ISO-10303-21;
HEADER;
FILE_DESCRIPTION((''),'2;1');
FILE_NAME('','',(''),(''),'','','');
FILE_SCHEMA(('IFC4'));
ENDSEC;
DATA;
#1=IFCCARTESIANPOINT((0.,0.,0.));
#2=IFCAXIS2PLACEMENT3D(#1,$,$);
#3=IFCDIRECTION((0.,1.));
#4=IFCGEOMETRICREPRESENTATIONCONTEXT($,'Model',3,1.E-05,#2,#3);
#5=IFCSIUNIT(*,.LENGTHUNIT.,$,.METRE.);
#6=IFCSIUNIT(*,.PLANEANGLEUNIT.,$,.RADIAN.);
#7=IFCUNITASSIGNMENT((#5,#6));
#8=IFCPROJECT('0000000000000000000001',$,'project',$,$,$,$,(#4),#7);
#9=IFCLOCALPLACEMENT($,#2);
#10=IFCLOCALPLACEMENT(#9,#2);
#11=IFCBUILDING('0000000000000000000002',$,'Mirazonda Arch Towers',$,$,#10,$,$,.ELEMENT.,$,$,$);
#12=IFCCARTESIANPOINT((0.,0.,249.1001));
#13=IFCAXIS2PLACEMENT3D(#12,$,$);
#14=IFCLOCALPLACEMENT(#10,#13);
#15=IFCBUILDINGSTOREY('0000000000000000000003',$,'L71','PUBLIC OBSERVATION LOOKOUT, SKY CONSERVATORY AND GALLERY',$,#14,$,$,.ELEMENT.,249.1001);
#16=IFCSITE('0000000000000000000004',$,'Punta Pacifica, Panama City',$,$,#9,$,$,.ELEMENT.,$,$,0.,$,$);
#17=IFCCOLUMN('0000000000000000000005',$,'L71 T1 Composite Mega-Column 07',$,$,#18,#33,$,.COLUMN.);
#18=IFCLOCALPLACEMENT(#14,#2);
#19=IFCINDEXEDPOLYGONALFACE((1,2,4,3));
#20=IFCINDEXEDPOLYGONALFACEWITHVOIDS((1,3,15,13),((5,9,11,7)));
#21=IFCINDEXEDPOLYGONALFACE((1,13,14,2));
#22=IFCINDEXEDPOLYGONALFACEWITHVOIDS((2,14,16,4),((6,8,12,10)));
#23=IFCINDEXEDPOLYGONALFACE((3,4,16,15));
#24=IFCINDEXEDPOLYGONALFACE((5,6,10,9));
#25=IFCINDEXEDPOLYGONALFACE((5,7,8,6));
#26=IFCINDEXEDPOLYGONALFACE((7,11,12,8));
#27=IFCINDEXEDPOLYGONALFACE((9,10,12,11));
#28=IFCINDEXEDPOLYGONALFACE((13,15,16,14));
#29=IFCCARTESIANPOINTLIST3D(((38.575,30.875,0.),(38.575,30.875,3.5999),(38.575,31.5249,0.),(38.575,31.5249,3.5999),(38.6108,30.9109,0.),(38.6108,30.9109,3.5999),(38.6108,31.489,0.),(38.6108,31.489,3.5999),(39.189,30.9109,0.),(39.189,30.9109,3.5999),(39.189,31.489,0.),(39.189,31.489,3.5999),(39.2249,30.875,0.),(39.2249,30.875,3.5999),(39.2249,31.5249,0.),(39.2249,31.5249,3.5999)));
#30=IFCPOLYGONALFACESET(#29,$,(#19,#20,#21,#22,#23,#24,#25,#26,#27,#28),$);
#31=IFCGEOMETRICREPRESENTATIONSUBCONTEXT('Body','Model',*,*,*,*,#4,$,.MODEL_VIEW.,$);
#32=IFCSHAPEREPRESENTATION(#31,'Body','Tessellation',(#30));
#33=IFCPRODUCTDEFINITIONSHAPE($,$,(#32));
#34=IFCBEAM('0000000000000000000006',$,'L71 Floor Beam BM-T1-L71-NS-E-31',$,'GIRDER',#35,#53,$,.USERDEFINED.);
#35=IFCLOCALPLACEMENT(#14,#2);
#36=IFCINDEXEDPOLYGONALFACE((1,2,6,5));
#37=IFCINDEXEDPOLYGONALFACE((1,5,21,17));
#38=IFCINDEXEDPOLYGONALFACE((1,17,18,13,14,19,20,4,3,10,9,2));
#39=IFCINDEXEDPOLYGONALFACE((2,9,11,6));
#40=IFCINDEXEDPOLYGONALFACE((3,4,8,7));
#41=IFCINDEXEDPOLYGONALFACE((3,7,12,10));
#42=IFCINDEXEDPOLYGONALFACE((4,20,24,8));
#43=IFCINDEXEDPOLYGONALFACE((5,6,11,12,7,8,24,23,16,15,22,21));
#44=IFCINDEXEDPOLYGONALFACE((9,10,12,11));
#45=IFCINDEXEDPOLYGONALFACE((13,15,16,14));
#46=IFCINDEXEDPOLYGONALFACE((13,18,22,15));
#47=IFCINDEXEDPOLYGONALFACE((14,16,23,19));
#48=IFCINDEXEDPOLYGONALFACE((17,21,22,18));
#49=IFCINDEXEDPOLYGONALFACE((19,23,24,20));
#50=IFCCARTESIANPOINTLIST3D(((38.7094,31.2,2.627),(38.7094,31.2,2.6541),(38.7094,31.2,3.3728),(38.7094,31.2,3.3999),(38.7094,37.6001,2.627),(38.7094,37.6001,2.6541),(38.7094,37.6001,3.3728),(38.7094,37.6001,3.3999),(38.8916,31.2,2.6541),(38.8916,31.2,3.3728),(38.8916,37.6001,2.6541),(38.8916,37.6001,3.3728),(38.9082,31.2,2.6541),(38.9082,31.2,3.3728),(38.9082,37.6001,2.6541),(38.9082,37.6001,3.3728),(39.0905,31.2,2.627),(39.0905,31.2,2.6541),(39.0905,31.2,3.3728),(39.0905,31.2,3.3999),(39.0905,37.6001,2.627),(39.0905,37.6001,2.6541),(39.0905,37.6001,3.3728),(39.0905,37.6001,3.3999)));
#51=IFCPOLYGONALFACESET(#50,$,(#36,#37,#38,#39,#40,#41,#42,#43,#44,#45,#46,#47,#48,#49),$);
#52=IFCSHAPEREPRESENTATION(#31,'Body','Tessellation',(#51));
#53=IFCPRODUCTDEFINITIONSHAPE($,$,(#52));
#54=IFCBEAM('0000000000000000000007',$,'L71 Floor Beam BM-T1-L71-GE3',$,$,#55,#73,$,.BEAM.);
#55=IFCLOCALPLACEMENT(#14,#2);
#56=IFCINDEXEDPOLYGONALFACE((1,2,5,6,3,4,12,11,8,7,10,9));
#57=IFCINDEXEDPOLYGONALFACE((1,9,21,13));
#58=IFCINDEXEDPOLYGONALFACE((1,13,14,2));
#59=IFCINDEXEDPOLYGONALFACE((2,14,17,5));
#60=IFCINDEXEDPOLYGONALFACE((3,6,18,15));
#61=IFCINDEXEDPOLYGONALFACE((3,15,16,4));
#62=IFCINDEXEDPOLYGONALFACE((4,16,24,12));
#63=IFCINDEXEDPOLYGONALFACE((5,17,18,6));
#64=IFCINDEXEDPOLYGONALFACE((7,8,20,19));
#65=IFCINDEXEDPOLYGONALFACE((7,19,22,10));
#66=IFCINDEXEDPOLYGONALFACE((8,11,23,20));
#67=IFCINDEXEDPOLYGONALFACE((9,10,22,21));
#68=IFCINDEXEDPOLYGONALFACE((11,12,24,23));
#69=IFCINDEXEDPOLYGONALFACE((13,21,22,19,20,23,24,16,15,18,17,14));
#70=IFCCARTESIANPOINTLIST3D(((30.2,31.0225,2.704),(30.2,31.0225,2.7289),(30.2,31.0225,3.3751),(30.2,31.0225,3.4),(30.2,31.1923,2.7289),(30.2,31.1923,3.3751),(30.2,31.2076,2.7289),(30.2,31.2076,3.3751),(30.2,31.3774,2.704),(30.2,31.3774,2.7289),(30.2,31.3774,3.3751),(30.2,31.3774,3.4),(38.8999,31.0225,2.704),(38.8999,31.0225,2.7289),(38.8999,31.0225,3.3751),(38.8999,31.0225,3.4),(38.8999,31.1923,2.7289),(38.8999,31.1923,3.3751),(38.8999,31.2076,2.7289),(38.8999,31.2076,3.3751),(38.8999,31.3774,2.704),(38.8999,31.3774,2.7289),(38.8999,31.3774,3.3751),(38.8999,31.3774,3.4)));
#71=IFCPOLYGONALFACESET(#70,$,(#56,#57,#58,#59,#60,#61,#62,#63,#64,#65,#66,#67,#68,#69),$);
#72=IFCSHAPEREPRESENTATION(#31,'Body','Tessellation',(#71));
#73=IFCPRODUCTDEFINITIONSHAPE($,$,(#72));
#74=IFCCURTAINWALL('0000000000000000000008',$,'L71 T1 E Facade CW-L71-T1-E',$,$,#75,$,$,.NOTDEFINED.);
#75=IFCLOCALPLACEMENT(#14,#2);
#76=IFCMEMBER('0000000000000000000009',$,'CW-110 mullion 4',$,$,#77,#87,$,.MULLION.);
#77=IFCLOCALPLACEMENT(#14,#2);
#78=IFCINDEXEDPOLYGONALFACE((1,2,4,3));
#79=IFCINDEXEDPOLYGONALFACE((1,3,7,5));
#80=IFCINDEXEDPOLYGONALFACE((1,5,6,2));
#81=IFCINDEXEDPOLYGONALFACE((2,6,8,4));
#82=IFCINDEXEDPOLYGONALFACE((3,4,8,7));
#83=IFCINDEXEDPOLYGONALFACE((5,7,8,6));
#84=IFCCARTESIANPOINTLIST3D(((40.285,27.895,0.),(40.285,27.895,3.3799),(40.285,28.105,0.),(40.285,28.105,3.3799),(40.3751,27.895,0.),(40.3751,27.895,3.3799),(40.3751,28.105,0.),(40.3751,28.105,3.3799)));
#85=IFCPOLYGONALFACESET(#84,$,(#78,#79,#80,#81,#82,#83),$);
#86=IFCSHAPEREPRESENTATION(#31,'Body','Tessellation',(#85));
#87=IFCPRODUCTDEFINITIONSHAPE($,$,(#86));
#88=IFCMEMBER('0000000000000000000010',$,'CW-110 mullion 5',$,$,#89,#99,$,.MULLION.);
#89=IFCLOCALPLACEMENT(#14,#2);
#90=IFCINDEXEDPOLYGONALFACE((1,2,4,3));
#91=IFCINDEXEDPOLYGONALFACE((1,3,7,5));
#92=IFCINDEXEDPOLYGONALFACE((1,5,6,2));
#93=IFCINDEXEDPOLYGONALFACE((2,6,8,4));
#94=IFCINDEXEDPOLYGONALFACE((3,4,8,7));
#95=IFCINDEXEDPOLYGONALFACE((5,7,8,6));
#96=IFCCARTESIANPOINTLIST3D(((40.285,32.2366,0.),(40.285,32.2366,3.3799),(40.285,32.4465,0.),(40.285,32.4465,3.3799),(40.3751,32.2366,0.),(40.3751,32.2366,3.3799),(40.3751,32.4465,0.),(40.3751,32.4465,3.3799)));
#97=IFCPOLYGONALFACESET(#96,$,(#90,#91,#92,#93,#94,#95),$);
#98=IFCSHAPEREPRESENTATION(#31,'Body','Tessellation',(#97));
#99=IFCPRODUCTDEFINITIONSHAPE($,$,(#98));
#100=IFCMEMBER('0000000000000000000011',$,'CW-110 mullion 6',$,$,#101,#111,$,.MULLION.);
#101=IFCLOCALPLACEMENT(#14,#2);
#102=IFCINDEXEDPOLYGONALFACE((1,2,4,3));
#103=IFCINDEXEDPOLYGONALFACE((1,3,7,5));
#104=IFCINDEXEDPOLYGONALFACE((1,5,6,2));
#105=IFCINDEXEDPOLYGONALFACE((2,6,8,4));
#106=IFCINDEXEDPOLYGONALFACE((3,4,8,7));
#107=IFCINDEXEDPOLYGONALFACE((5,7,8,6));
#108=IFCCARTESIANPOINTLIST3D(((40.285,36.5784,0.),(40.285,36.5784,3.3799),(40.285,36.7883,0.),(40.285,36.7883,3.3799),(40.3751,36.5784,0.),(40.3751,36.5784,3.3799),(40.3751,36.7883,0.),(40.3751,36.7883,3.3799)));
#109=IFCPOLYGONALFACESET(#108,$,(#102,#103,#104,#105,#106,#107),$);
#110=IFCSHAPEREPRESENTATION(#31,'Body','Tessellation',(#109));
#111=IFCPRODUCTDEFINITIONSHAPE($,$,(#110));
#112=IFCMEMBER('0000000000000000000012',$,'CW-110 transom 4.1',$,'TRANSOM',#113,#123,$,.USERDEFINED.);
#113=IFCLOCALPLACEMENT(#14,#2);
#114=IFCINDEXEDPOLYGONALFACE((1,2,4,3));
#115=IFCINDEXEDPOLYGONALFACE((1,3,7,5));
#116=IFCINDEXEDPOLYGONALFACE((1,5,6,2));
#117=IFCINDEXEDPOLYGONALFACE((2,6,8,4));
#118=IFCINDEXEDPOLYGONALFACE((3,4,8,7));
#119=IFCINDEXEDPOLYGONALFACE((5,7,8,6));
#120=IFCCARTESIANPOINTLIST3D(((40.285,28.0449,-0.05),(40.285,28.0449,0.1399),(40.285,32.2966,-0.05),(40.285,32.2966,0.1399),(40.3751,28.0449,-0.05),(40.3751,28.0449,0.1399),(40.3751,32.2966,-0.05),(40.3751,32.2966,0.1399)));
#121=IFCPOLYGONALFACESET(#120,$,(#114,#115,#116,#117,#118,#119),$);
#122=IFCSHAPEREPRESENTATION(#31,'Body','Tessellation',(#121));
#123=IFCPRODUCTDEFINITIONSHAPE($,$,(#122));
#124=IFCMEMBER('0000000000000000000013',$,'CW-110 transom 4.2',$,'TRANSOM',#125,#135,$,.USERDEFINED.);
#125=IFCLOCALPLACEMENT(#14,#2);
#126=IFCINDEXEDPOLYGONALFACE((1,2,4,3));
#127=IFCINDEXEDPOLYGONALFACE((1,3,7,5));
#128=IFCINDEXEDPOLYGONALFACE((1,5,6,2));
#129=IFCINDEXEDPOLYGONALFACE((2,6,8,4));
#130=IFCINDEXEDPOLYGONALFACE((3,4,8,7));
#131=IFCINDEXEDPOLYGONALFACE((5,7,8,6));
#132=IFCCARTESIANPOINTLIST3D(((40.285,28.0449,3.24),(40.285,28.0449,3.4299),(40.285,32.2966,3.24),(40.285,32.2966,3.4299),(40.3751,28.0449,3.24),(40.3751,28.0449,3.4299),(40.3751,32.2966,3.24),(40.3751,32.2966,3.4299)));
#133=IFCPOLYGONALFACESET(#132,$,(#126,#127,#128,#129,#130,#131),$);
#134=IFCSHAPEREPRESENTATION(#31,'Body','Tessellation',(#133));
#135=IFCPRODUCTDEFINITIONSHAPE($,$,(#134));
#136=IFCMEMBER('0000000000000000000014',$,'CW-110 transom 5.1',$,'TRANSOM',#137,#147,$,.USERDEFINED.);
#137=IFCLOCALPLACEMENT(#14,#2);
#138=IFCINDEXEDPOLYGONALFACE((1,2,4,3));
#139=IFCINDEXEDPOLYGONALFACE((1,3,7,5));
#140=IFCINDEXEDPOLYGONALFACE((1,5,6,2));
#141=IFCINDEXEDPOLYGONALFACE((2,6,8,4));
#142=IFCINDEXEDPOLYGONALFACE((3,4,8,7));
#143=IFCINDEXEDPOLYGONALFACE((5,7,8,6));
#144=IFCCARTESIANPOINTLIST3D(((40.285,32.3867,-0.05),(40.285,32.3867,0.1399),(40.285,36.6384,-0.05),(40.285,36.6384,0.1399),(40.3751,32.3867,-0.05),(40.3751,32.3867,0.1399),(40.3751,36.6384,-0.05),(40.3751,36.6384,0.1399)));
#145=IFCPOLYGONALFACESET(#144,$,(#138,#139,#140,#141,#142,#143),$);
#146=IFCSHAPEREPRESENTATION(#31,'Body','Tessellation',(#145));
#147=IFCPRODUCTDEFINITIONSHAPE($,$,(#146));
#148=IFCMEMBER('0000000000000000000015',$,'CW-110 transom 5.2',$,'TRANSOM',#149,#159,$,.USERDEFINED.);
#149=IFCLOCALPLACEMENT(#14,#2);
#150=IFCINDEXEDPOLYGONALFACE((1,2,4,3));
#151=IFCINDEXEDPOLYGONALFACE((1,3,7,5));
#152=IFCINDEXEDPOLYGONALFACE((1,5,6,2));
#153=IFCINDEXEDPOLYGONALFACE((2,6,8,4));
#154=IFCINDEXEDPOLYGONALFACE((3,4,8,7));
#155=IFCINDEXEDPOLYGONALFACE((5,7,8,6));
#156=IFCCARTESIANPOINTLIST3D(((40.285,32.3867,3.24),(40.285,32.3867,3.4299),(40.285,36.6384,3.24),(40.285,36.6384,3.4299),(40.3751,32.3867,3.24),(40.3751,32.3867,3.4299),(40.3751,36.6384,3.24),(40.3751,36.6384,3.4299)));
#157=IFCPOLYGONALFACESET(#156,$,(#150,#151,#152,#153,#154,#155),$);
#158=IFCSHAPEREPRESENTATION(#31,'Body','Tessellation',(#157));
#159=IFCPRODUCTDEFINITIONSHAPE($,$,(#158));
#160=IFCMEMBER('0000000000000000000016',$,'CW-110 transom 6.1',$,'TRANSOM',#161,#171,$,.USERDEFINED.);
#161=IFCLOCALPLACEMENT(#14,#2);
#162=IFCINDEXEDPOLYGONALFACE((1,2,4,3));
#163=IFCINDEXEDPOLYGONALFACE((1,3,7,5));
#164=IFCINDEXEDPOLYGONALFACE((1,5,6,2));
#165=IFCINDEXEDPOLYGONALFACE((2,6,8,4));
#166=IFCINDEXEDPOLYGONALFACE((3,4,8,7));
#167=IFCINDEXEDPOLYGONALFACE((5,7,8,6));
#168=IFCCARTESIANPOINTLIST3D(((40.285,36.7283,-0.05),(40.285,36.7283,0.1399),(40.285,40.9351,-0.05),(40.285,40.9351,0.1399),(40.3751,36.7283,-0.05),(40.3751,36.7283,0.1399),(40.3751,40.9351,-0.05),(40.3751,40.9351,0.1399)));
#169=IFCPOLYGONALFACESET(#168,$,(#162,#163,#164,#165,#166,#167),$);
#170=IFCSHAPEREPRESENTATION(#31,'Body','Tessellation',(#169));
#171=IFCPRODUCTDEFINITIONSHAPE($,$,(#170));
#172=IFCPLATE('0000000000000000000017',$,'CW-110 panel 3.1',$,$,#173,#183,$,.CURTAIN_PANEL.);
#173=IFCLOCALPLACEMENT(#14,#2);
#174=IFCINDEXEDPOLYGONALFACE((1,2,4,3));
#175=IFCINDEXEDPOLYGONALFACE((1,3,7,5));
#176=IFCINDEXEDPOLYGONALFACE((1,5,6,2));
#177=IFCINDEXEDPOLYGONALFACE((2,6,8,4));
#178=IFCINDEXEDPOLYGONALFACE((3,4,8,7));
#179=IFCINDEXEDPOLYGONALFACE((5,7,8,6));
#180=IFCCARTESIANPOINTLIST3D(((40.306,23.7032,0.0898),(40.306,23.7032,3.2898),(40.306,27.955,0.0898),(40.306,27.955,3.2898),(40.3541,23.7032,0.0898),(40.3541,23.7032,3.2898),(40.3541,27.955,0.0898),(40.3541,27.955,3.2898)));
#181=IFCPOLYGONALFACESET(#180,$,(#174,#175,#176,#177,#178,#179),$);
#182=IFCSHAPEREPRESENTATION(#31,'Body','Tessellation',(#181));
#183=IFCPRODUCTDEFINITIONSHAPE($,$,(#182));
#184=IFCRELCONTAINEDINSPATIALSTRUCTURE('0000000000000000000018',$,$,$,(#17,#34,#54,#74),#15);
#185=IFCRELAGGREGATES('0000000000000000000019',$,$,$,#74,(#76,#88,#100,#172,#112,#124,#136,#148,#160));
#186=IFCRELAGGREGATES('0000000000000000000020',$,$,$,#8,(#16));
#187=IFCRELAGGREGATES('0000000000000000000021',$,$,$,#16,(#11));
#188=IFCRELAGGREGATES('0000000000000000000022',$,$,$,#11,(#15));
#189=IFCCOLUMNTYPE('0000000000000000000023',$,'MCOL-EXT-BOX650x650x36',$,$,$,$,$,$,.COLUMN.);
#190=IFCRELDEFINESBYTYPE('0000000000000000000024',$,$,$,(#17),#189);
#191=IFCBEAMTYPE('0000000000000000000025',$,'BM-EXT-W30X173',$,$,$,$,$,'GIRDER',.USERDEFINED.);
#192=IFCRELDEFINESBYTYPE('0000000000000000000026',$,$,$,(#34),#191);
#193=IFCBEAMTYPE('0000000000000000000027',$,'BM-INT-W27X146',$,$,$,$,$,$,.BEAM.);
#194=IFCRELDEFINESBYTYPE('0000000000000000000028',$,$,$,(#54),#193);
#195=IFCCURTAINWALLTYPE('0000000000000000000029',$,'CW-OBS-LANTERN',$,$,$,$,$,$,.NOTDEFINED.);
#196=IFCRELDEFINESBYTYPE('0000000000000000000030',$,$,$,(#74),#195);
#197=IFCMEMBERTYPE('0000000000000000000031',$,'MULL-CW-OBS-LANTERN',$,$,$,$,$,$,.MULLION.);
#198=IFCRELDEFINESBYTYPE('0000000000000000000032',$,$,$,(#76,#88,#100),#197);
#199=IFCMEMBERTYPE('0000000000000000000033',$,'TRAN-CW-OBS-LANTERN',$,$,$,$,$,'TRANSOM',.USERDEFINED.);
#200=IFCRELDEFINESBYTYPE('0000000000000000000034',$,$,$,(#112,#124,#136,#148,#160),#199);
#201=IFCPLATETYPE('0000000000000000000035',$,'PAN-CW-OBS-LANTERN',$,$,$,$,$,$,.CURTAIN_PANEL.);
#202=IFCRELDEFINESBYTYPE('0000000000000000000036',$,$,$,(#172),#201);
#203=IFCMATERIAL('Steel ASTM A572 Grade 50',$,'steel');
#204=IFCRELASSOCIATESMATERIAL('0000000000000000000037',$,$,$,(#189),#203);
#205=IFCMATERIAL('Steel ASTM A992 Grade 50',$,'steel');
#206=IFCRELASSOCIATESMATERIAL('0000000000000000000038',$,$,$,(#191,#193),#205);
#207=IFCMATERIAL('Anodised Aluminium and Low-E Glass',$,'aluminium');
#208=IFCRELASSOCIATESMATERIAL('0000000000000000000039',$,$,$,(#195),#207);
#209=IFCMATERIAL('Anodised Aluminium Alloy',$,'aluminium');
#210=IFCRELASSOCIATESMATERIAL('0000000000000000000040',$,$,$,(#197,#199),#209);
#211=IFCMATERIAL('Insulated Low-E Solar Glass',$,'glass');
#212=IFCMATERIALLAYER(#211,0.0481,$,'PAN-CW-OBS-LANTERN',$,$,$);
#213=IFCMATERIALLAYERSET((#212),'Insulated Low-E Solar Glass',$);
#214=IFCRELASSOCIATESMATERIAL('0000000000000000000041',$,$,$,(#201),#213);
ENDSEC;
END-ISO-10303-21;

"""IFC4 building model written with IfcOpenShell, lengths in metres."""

from ifc_helpers import new_model, si_unit, direction, frame, origin, origin_2d, place, context, subcontext, project, spatial, rectangle, hollow_rectangle, i_section, extrude, material, layer, layer_set, material_profile, profile_set, type_object, element, aggregate, save


model = new_model("IFC4")

# Units and contexts
model_context = context("Model", 3, precision=1e-05, world=origin(), true_north=direction((0.0, 1.0)))
body_context = subcontext(model_context, "Body", "Model", "MODEL_VIEW")
ifc_project = project(units=[si_unit("LENGTHUNIT", "METRE"), si_unit("PLANEANGLEUNIT", "RADIAN")], contexts=[model_context])

# Site, building, storey
site_placement = place(None, origin())
site = spatial("IfcSite", under=ifc_project, at=site_placement, Name="Punta Pacifica, Panama City", CompositionType="ELEMENT", RefElevation=0.0)
building_placement = place(site_placement, origin())
building = spatial("IfcBuilding", under=site, at=building_placement, Name="Mirazonda Arch Towers", CompositionType="ELEMENT")
storey_placement = place(building_placement, frame((0.0, 0.0, 249.1001)))
storey = spatial("IfcBuildingStorey", under=building, at=storey_placement, Name="L71", Description="PUBLIC OBSERVATION LOOKOUT, SKY CONSERVATORY AND GALLERY", CompositionType="ELEMENT", Elevation=249.1001)

# Column
ifc_material_1 = material(Name="Steel ASTM A572 Grade 50", Category="steel")
ifc_material_profile_1 = material_profile(ifc_material_1, hollow_rectangle(XDim=0.6499, YDim=0.6499, WallThickness=0.0359, at=origin_2d()), Name="BOX650x650x36")
ifc_profile_set_1 = profile_set([ifc_material_profile_1], Name="Steel ASTM A572 Grade 50")
column_type = type_object("IfcColumnType", Name="MCOL-EXT-BOX650x650x36", PredefinedType="COLUMN", material=ifc_profile_set_1)
column_placement = place(storey_placement, frame((38.8999, 31.2, 0.0), z_axis=(0.0, 0.0, 1.0), x_axis=(1.0, 0.0, 0.0)))
element("IfcColumn", 1, at=column_placement, inside=storey, type_object=column_type, Name="L71 T1 Composite Mega-Column 07", PredefinedType="COLUMN", context=body_context, shape_type="SweptSolid", body=[
    extrude(hollow_rectangle(XDim=0.6499, YDim=0.6499, WallThickness=0.0359, at=origin_2d()), origin(), (0.0, 0.0, 1.0), 3.5999),
])

# Beams
ifc_material_2 = material(Name="Steel ASTM A992 Grade 50", Category="steel")
ifc_material_profile_2 = material_profile(ifc_material_2, i_section(OverallWidth=0.3811, OverallDepth=0.7729, WebThickness=0.0166, FlangeThickness=0.0271, at=origin_2d()), Name="W30X173")
ifc_profile_set_2 = profile_set([ifc_material_profile_2], Name="Steel ASTM A992 Grade 50")
beam_type_1 = type_object("IfcBeamType", Name="BM-EXT-W30X173", ElementType="GIRDER", PredefinedType="USERDEFINED", material=ifc_profile_set_2)
beam_1_placement = place(storey_placement, frame((38.8999, 31.2, 3.0134), z_axis=(0.0, 1.0, 0.0), x_axis=(-1.0, 0.0, 0.0)))
element("IfcBeam", 2, at=beam_1_placement, inside=storey, type_object=beam_type_1, Name="L71 Floor Beam BM-T1-L71-NS-E-31", ObjectType="GIRDER", PredefinedType="USERDEFINED", context=body_context, shape_type="SweptSolid", body=[
    extrude(i_section(OverallWidth=0.3811, OverallDepth=0.7729, WebThickness=0.0166, FlangeThickness=0.0271, at=origin_2d()), origin(), (0.0, 0.0, 1.0), 6.4001),
])
ifc_material_profile_3 = material_profile(ifc_material_2, i_section(OverallWidth=0.355, OverallDepth=0.696, WebThickness=0.0154, FlangeThickness=0.0249, at=origin_2d()), Name="W27X146")
ifc_profile_set_3 = profile_set([ifc_material_profile_3], Name="Steel ASTM A992 Grade 50")
beam_type_2 = type_object("IfcBeamType", Name="BM-INT-W27X146", PredefinedType="BEAM", material=ifc_profile_set_3)
beam_2_placement = place(storey_placement, frame((30.2, 31.2, 3.052), z_axis=(1.0, 0.0, 0.0), x_axis=(0.0, 1.0, 0.0)))
element("IfcBeam", 3, at=beam_2_placement, inside=storey, type_object=beam_type_2, Name="L71 Floor Beam BM-T1-L71-GE3", PredefinedType="BEAM", context=body_context, shape_type="SweptSolid", body=[
    extrude(i_section(OverallWidth=0.355, OverallDepth=0.696, WebThickness=0.0154, FlangeThickness=0.0249, at=origin_2d()), origin(), (0.0, 0.0, 1.0), 8.7),
])

# Curtain wall, members, plate
ifc_material_3 = material(Name="Anodised Aluminium and Low-E Glass", Category="aluminium")
curtain_wall_type = type_object("IfcCurtainWallType", Name="CW-OBS-LANTERN", PredefinedType="NOTDEFINED", material=ifc_material_3)
curtain_wall_placement = place(storey_placement, origin())
curtain_wall = element("IfcCurtainWall", 4, at=curtain_wall_placement, inside=storey, type_object=curtain_wall_type, Name="L71 T1 E Facade CW-L71-T1-E", PredefinedType="NOTDEFINED")
ifc_material_4 = material(Name="Anodised Aluminium Alloy", Category="aluminium")
ifc_material_profile_4 = material_profile(ifc_material_4, rectangle(XDim=0.0901, YDim=0.21, at=origin_2d()), Name="ALU-MULL-90x210")
ifc_profile_set_4 = profile_set([ifc_material_profile_4], Name="Anodised Aluminium Alloy")
member_type_1 = type_object("IfcMemberType", Name="MULL-CW-OBS-LANTERN", PredefinedType="MULLION", material=ifc_profile_set_4)
member_1_placement = place(storey_placement, frame((40.3301, 28.0, 0.0), z_axis=(0.0, 0.0, 1.0), x_axis=(-1.0, 0.0, 0.0)))
member_1 = element("IfcMember", 5, at=member_1_placement, type_object=member_type_1, Name="CW-110 mullion 4", PredefinedType="MULLION", context=body_context, shape_type="SweptSolid", body=[
    extrude(rectangle(XDim=0.0901, YDim=0.21, at=origin_2d()), origin(), (0.0, 0.0, 1.0), 3.3799),
])
member_2_placement = place(storey_placement, frame((40.3301, 32.3416, 0.0), z_axis=(0.0, 0.0, 1.0), x_axis=(-1.0, 0.0, 0.0)))
member_2 = element("IfcMember", 6, at=member_2_placement, type_object=member_type_1, Name="CW-110 mullion 5", PredefinedType="MULLION", context=body_context, shape_type="SweptSolid", body=[
    extrude(rectangle(XDim=0.0901, YDim=0.21, at=origin_2d()), origin(), (0.0, 0.0, 1.0), 3.3799),
])
member_3_placement = place(storey_placement, frame((40.3301, 36.6833, 0.0), z_axis=(0.0, 0.0, 1.0), x_axis=(-1.0, 0.0, 0.0)))
member_3 = element("IfcMember", 7, at=member_3_placement, type_object=member_type_1, Name="CW-110 mullion 6", PredefinedType="MULLION", context=body_context, shape_type="SweptSolid", body=[
    extrude(rectangle(XDim=0.0901, YDim=0.21, at=origin_2d()), origin(), (0.0, 0.0, 1.0), 3.3799),
])
ifc_material_profile_5 = material_profile(ifc_material_4, rectangle(XDim=0.0901, YDim=0.1899, at=origin_2d()), Name="ALU-TRAN-90x190")
ifc_profile_set_5 = profile_set([ifc_material_profile_5], Name="Anodised Aluminium Alloy")
member_type_2 = type_object("IfcMemberType", Name="TRAN-CW-OBS-LANTERN", ElementType="TRANSOM", PredefinedType="USERDEFINED", material=ifc_profile_set_5)
member_4_placement = place(storey_placement, frame((40.3301, 28.0449, 0.0449), z_axis=(0.0, 1.0, 0.0), x_axis=(-1.0, 0.0, 0.0)))
member_4 = element("IfcMember", 8, at=member_4_placement, type_object=member_type_2, Name="CW-110 transom 4.1", ObjectType="TRANSOM", PredefinedType="USERDEFINED", context=body_context, shape_type="SweptSolid", body=[
    extrude(rectangle(XDim=0.0901, YDim=0.1899, at=origin_2d()), origin(), (0.0, 0.0, 1.0), 4.2517),
])
member_5_placement = place(storey_placement, frame((40.3301, 28.0449, 3.335), z_axis=(0.0, 1.0, 0.0), x_axis=(-1.0, 0.0, 0.0)))
member_5 = element("IfcMember", 9, at=member_5_placement, type_object=member_type_2, Name="CW-110 transom 4.2", ObjectType="TRANSOM", PredefinedType="USERDEFINED", context=body_context, shape_type="SweptSolid", body=[
    extrude(rectangle(XDim=0.0901, YDim=0.1899, at=origin_2d()), origin(), (0.0, 0.0, 1.0), 4.2517),
])
member_6_placement = place(storey_placement, frame((40.3301, 32.3867, 0.0449), z_axis=(0.0, 1.0, 0.0), x_axis=(-1.0, 0.0, 0.0)))
member_6 = element("IfcMember", 10, at=member_6_placement, type_object=member_type_2, Name="CW-110 transom 5.1", ObjectType="TRANSOM", PredefinedType="USERDEFINED", context=body_context, shape_type="SweptSolid", body=[
    extrude(rectangle(XDim=0.0901, YDim=0.1899, at=origin_2d()), origin(), (0.0, 0.0, 1.0), 4.2517),
])
member_7_placement = place(storey_placement, frame((40.3301, 32.3867, 3.335), z_axis=(0.0, 1.0, 0.0), x_axis=(-1.0, 0.0, 0.0)))
member_7 = element("IfcMember", 11, at=member_7_placement, type_object=member_type_2, Name="CW-110 transom 5.2", ObjectType="TRANSOM", PredefinedType="USERDEFINED", context=body_context, shape_type="SweptSolid", body=[
    extrude(rectangle(XDim=0.0901, YDim=0.1899, at=origin_2d()), origin(), (0.0, 0.0, 1.0), 4.2517),
])
member_8_placement = place(storey_placement, frame((40.3301, 36.7283, 0.0449), z_axis=(0.0, 1.0, 0.0), x_axis=(-1.0, 0.0, 0.0)))
member_8 = element("IfcMember", 12, at=member_8_placement, type_object=member_type_2, Name="CW-110 transom 6.1", ObjectType="TRANSOM", PredefinedType="USERDEFINED", context=body_context, shape_type="SweptSolid", body=[
    extrude(rectangle(XDim=0.0901, YDim=0.1899, at=origin_2d()), origin(), (0.0, 0.0, 1.0), 4.2068),
])
ifc_material_5 = material(Name="Insulated Low-E Solar Glass", Category="glass")
ifc_layer_1 = layer(ifc_material_5, 0.0481, Name="PAN-CW-OBS-LANTERN")
ifc_layer_set_1 = layer_set([ifc_layer_1], Name="Insulated Low-E Solar Glass")
plate_type = type_object("IfcPlateType", Name="PAN-CW-OBS-LANTERN", PredefinedType="CURTAIN_PANEL", material=ifc_layer_set_1)
plate_1_placement = place(storey_placement, frame((40.3301, 25.8291, 0.0898), z_axis=(0.0, 0.0, 1.0), x_axis=(0.0, 1.0, 0.0)))
plate_1 = element("IfcPlate", 13, at=plate_1_placement, type_object=plate_type, Name="CW-110 panel 3.1", PredefinedType="CURTAIN_PANEL", context=body_context, shape_type="SweptSolid", body=[
    extrude(rectangle(XDim=4.2517, YDim=0.0481, at=origin_2d()), origin(), (0.0, 0.0, 1.0), 3.2),
])
aggregate(curtain_wall, [member_1, member_2, member_3, plate_1, member_4, member_5, member_6, member_7, member_8])

save(model, "model.ifc")
